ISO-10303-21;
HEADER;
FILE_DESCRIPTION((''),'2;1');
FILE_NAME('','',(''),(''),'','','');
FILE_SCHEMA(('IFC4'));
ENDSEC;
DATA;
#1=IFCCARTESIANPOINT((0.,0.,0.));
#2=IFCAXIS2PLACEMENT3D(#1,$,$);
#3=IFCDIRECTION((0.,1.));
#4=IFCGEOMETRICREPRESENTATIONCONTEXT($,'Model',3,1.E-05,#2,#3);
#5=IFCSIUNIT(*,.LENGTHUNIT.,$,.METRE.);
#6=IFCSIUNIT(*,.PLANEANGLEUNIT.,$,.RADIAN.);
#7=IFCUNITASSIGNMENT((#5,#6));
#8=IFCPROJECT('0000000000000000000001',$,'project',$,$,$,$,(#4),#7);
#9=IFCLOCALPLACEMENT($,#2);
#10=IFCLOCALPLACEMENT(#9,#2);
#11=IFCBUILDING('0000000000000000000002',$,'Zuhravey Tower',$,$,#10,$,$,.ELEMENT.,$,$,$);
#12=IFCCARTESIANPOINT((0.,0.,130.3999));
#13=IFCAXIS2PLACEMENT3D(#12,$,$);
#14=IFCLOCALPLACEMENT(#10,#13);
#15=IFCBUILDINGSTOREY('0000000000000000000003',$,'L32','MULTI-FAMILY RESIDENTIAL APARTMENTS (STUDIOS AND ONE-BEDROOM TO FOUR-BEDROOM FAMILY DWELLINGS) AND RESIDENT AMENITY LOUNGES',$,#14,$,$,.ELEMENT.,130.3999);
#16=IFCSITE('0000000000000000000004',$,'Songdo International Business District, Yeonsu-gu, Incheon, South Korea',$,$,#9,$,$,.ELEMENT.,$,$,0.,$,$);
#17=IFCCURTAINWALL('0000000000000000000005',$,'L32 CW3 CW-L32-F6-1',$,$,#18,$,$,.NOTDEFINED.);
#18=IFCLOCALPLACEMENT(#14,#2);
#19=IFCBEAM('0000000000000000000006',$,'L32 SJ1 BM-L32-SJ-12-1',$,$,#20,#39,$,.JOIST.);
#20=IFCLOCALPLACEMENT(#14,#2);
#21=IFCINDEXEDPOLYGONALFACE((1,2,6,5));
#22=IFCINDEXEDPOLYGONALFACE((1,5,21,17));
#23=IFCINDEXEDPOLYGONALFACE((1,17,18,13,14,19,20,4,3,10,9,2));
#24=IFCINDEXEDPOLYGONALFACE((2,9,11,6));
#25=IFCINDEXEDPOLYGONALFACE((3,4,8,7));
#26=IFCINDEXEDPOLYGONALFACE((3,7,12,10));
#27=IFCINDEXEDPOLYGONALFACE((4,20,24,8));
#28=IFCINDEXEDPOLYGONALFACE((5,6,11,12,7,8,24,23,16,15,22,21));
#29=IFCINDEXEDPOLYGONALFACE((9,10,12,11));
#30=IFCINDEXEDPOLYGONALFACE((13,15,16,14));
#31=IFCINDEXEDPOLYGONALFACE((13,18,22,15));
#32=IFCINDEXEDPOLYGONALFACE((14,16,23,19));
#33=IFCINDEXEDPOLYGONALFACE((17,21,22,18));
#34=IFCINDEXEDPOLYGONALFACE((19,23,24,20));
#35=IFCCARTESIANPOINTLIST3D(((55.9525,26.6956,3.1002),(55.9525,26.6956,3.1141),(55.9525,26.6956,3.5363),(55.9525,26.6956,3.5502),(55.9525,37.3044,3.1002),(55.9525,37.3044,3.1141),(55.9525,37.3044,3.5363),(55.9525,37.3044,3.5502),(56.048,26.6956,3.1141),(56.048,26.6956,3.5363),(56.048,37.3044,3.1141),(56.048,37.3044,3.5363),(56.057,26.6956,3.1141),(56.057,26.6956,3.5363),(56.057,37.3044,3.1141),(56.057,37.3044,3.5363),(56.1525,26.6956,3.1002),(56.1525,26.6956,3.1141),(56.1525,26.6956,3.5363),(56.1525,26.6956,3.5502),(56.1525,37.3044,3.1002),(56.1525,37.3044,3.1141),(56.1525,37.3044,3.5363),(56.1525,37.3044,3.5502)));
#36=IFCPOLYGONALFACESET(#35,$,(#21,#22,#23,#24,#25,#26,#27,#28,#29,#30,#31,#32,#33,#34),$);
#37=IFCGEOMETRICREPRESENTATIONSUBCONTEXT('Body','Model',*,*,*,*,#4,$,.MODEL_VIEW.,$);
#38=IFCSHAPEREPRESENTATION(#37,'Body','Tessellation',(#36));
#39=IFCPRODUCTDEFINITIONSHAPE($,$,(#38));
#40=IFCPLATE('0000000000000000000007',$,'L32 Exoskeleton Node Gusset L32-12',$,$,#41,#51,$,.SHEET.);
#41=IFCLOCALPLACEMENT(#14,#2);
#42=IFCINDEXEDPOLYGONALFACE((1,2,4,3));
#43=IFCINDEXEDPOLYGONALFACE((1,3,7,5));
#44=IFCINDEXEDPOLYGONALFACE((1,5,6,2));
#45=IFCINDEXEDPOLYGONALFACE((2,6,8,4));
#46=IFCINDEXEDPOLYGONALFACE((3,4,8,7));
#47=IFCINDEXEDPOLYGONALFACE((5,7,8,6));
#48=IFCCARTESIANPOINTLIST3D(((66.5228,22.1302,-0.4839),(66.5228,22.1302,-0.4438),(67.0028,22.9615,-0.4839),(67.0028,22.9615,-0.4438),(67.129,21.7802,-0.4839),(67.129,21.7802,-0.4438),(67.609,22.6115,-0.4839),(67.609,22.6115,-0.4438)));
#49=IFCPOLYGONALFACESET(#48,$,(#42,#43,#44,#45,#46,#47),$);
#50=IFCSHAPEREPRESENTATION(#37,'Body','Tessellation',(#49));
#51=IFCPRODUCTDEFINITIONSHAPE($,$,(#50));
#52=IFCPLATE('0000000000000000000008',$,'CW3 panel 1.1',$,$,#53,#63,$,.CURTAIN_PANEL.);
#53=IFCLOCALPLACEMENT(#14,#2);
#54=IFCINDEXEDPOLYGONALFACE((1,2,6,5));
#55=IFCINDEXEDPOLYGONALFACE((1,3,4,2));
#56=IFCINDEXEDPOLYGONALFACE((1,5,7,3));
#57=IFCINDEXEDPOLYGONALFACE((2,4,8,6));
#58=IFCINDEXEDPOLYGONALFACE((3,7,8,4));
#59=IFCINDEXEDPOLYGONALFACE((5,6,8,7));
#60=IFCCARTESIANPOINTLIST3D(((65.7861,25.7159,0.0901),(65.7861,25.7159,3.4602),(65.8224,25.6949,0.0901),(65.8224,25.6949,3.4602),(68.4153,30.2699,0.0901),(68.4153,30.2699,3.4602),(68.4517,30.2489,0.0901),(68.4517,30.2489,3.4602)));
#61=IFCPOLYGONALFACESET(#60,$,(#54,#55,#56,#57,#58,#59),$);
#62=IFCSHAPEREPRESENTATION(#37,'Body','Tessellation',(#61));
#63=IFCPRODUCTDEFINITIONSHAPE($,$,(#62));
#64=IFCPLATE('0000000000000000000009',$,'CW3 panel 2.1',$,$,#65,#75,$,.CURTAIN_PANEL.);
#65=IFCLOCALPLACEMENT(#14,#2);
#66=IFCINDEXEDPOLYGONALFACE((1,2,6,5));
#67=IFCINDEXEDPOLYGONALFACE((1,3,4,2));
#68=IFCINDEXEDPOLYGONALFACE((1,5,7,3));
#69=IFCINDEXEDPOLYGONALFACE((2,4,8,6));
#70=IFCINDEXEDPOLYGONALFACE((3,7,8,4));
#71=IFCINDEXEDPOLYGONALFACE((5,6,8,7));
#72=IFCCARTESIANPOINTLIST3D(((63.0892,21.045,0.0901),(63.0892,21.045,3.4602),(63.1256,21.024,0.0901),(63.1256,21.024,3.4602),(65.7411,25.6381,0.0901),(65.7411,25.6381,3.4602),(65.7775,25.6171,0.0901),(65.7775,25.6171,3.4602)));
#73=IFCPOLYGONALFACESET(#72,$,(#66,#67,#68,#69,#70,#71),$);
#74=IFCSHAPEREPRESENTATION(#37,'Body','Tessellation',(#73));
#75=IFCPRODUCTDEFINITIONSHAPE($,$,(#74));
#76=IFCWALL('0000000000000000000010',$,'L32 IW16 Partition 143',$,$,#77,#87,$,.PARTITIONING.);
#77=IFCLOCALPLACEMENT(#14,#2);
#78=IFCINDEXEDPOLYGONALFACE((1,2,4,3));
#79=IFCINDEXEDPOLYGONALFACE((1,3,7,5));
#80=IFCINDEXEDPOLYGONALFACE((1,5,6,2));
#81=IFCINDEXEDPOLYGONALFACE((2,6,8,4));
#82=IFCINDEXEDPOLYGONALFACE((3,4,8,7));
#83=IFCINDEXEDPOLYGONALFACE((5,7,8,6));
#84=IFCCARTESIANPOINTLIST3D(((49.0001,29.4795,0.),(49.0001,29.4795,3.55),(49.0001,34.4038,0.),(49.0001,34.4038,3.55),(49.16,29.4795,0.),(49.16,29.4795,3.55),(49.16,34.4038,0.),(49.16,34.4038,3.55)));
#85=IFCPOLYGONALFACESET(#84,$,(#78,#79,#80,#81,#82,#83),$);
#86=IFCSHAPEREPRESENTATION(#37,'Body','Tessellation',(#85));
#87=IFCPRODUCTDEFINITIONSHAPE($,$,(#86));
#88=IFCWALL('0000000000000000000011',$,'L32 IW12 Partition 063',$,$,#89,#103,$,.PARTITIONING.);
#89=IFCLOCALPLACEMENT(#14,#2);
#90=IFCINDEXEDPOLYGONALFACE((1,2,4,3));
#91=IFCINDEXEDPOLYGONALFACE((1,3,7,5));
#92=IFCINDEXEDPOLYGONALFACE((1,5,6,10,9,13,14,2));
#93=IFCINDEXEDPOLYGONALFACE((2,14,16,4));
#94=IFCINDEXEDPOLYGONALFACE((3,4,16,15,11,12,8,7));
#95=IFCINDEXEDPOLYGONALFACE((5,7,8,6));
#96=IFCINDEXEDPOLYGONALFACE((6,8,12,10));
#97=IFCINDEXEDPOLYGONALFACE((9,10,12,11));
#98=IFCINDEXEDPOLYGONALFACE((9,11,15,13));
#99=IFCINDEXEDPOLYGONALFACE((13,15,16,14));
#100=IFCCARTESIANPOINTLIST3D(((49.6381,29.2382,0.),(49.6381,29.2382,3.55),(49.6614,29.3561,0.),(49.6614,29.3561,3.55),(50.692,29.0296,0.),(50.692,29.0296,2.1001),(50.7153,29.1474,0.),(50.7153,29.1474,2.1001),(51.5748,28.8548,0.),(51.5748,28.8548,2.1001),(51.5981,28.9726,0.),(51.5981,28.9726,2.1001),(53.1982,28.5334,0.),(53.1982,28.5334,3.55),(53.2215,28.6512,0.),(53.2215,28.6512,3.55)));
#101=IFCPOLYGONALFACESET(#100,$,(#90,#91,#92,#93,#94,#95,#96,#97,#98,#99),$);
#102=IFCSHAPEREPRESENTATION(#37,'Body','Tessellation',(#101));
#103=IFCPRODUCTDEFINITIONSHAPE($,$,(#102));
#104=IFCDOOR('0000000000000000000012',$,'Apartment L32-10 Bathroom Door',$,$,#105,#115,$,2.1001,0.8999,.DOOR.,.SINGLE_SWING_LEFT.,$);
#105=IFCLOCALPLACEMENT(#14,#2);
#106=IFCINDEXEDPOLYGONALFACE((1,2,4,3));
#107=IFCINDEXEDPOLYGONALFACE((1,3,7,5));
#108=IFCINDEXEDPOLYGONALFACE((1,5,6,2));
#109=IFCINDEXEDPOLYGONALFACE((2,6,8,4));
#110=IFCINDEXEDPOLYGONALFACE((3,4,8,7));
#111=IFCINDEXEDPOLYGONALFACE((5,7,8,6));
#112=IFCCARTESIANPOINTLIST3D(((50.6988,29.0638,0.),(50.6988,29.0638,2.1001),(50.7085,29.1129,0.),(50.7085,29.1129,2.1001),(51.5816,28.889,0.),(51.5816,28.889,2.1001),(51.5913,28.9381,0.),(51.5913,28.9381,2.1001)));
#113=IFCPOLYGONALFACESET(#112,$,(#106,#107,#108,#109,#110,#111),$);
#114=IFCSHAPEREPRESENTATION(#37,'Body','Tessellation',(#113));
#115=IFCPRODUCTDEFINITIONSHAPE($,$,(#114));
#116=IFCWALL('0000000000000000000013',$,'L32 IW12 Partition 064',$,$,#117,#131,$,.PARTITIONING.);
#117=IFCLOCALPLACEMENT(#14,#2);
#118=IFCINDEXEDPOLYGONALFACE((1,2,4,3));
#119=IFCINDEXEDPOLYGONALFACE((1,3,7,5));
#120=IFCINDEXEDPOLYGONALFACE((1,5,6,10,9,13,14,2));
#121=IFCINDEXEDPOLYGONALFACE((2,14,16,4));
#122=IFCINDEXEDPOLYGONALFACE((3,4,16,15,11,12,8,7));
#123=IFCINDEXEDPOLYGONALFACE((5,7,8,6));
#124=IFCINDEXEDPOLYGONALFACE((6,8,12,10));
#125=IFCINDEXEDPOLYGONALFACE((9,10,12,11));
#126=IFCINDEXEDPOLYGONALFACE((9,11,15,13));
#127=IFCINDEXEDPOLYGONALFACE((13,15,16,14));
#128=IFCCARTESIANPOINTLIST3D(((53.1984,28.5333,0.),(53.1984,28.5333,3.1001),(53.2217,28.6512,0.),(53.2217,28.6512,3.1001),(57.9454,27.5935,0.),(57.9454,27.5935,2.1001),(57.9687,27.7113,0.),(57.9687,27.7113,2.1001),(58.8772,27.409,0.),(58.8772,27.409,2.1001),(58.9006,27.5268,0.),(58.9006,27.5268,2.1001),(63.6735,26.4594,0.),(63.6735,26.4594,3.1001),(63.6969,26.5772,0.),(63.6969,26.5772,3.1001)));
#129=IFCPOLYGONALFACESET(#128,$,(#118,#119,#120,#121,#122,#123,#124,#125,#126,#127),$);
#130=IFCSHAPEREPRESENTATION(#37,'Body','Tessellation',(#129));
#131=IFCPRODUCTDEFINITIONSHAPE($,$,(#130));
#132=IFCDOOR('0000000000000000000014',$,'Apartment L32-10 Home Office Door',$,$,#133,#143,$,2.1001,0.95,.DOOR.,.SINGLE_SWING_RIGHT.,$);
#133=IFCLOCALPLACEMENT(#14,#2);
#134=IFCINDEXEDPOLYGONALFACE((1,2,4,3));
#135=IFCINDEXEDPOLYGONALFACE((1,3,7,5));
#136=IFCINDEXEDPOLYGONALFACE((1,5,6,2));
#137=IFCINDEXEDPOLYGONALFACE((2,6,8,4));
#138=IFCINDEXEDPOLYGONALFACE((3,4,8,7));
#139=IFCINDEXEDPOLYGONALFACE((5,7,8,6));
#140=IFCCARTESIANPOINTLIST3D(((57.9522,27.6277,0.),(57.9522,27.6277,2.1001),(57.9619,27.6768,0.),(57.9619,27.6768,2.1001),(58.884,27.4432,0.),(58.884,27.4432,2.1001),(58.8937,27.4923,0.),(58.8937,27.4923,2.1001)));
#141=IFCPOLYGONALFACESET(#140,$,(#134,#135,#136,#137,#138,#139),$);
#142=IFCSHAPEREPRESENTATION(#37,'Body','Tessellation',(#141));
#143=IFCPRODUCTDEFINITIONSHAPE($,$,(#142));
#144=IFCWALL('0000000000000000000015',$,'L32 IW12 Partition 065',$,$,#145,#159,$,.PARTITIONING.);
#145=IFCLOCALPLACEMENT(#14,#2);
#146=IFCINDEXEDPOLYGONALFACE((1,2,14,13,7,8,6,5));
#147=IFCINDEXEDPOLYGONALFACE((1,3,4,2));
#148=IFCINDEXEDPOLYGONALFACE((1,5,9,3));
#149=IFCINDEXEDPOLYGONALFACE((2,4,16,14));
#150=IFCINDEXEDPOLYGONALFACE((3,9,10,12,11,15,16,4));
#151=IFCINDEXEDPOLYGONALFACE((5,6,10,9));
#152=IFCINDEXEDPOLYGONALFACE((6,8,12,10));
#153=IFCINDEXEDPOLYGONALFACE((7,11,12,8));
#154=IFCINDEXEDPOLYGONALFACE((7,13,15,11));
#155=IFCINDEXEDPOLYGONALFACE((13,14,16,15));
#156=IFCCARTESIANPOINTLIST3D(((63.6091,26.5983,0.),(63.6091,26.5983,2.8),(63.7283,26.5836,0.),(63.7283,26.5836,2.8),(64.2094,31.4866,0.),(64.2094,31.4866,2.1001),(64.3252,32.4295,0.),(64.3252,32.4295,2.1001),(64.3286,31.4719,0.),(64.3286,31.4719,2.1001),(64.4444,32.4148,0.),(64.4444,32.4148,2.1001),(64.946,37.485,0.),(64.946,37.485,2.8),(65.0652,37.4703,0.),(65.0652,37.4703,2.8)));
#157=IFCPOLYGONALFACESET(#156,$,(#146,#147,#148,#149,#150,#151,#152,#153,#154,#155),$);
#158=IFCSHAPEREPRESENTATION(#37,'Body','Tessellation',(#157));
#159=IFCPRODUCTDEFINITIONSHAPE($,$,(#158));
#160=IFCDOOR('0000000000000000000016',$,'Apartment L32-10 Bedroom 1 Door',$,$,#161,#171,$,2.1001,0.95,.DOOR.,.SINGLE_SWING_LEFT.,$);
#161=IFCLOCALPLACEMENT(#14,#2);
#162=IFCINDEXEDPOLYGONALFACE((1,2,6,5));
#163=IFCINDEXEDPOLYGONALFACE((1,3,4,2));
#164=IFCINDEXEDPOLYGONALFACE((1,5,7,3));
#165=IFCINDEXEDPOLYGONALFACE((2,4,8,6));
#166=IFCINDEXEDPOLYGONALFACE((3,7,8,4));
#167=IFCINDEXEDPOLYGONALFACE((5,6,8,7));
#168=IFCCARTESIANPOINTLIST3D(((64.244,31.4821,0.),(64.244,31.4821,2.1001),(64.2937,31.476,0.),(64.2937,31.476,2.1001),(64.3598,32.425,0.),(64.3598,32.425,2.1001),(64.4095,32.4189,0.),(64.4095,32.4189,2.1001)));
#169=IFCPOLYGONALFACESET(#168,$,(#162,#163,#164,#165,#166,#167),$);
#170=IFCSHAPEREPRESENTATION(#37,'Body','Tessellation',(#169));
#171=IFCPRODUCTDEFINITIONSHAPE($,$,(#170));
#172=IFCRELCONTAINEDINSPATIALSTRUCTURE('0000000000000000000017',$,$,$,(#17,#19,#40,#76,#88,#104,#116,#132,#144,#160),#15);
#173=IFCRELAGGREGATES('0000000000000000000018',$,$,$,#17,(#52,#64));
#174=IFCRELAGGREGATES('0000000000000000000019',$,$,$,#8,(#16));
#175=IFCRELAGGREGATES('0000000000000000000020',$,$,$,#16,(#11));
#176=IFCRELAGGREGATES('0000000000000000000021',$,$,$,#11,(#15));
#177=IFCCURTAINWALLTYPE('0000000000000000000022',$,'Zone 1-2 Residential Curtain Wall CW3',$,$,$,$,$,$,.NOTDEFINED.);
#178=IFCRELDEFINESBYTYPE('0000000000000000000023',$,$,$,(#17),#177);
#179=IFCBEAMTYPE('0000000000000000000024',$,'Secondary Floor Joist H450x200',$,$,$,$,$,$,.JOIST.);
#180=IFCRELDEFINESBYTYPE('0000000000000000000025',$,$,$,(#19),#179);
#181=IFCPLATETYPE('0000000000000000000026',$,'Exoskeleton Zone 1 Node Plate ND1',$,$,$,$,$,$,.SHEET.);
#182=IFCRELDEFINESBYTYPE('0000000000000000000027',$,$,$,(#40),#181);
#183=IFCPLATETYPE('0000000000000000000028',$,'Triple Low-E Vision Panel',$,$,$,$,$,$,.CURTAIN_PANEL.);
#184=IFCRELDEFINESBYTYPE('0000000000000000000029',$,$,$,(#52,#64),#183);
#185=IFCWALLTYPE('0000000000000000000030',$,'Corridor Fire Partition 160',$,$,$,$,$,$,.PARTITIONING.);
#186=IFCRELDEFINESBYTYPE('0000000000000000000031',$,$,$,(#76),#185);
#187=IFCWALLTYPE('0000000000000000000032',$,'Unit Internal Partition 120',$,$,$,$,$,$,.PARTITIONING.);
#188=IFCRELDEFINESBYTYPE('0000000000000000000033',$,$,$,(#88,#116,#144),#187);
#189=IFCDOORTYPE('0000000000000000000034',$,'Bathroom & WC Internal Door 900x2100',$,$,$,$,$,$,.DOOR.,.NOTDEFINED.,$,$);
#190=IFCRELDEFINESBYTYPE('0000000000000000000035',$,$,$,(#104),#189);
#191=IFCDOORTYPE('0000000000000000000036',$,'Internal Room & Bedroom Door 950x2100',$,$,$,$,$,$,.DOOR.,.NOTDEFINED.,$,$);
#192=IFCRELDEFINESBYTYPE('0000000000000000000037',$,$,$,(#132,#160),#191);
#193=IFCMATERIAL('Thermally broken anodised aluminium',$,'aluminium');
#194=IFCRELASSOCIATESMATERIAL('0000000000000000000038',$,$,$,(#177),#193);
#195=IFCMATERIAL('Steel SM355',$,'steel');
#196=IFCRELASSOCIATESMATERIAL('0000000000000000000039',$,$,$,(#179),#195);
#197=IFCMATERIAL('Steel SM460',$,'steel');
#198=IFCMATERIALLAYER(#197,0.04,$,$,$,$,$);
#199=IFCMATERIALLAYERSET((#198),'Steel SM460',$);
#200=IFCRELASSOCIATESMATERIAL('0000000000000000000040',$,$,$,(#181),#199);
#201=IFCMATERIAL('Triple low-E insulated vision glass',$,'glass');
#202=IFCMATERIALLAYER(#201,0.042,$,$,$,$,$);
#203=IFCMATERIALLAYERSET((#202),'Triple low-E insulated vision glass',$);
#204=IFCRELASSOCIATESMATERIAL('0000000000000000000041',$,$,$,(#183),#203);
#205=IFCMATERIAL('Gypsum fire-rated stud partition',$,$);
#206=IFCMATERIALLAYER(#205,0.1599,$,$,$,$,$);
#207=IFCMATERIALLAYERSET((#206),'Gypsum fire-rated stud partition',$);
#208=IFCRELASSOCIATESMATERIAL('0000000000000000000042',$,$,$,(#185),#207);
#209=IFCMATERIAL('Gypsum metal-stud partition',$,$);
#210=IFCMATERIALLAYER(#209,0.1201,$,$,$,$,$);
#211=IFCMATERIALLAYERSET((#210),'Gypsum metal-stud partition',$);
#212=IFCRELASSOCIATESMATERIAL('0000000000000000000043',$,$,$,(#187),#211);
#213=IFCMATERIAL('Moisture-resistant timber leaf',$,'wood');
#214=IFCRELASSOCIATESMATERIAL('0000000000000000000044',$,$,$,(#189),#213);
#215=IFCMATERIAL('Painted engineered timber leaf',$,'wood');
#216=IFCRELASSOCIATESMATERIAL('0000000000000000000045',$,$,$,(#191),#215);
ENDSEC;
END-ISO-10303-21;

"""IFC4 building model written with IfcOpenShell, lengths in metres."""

from ifc_helpers import new_model, si_unit, direction, frame, frame_2d, origin, origin_2d, place, context, subcontext, project, spatial, rectangle, i_section, extrude, material, layer, layer_set, material_profile, profile_set, type_object, element, fill, aggregate, save


model = new_model("IFC4")

# Units and contexts
model_context = context("Model", 3, precision=1e-05, world=origin(), true_north=direction((0.0, 1.0)))
body_context = subcontext(model_context, "Body", "Model", "MODEL_VIEW")
ifc_project = project(units=[si_unit("LENGTHUNIT", "METRE"), si_unit("PLANEANGLEUNIT", "RADIAN")], contexts=[model_context])

# Site, building, storey
site_placement = place(None, origin())
site = spatial("IfcSite", under=ifc_project, at=site_placement, Name="Songdo International Business District, Yeonsu-gu, Incheon, South Korea", CompositionType="ELEMENT", RefElevation=0.0)
building_placement = place(site_placement, origin())
building = spatial("IfcBuilding", under=site, at=building_placement, Name="Zuhravey Tower", CompositionType="ELEMENT")
storey_placement = place(building_placement, frame((0.0, 0.0, 130.3999)))
storey = spatial("IfcBuildingStorey", under=building, at=storey_placement, Name="L32", Description="MULTI-FAMILY RESIDENTIAL APARTMENTS (STUDIOS AND ONE-BEDROOM TO FOUR-BEDROOM FAMILY DWELLINGS) AND RESIDENT AMENITY LOUNGES", CompositionType="ELEMENT", Elevation=130.3999)

# Curtain wall
ifc_material_1 = material(Name="Thermally broken anodised aluminium", Category="aluminium")
curtain_wall_type = type_object("IfcCurtainWallType", Name="Zone 1-2 Residential Curtain Wall CW3", PredefinedType="NOTDEFINED", material=ifc_material_1)
curtain_wall_placement = place(storey_placement, origin())
curtain_wall = element("IfcCurtainWall", 1, at=curtain_wall_placement, inside=storey, type_object=curtain_wall_type, Name="L32 CW3 CW-L32-F6-1", PredefinedType="NOTDEFINED")

# Shared definitions
ifc_material_2 = material(Name="Steel SM460", Category="steel")

# Beam
ifc_material_3 = material(Name="Steel SM355", Category="steel")
ifc_material_profile_1 = material_profile(ifc_material_3, i_section(OverallWidth=0.2, OverallDepth=0.45, WebThickness=0.009, FlangeThickness=0.0139, at=origin_2d()), Name="H-450x200x9x14")
ifc_profile_set_1 = profile_set([ifc_material_profile_1], Name="Steel SM355")
beam_type_1 = type_object("IfcBeamType", Name="Secondary Floor Joist H450x200", PredefinedType="JOIST", material=ifc_profile_set_1)
beam_1_placement = place(storey_placement, frame((56.0525, 26.6956, 3.3252), z_axis=(0.0, 1.0, 0.0), x_axis=(-1.0, 0.0, 0.0)))
element("IfcBeam", 2, at=beam_1_placement, inside=storey, type_object=beam_type_1, Name="L32 SJ1 BM-L32-SJ-12-1", PredefinedType="JOIST", context=body_context, shape_type="SweptSolid", body=[
    extrude(i_section(OverallWidth=0.2, OverallDepth=0.45, WebThickness=0.009, FlangeThickness=0.0139, at=origin_2d()), origin(), (0.0, 0.0, 1.0), 10.6089),
])

# Plates
ifc_layer_1 = layer(ifc_material_2, 0.04)
ifc_layer_set_1 = layer_set([ifc_layer_1], Name="Steel SM460")
plate_type_1 = type_object("IfcPlateType", Name="Exoskeleton Zone 1 Node Plate ND1", PredefinedType="SHEET", material=ifc_layer_set_1)
plate_1_placement = place(storey_placement, frame((67.0659, 22.3708, -0.4839), z_axis=(0.0, 0.0, 1.0), x_axis=(0.5, 0.866025, 0.0)))
element("IfcPlate", 3, at=plate_1_placement, inside=storey, type_object=plate_type_1, Name="L32 Exoskeleton Node Gusset L32-12", PredefinedType="SHEET", context=body_context, shape_type="SweptSolid", body=[
    extrude(rectangle(XDim=0.96, YDim=0.7, at=origin_2d()), origin(), (0.0, 0.0, 1.0), 0.04),
])
ifc_material_4 = material(Name="Triple low-E insulated vision glass", Category="glass")
ifc_layer_2 = layer(ifc_material_4, 0.042)
ifc_layer_set_2 = layer_set([ifc_layer_2], Name="Triple low-E insulated vision glass")
plate_type_2 = type_object("IfcPlateType", Name="Triple Low-E Vision Panel", PredefinedType="CURTAIN_PANEL", material=ifc_layer_set_2)
plate_2_placement = place(storey_placement, frame((67.1189, 27.9824, 0.0901), z_axis=(0.0, 0.0, 1.0), x_axis=(-0.5, -0.866026, 0.0)))
plate_2 = element("IfcPlate", 4, at=plate_2_placement, type_object=plate_type_2, Name="CW3 panel 1.1", PredefinedType="CURTAIN_PANEL", context=body_context, shape_type="SweptSolid", body=[
    extrude(rectangle(XDim=5.2585, YDim=0.042, at=origin_2d()), origin(), (0.0, 0.0, 1.0), 3.3701),
])
plate_3_placement = place(storey_placement, frame((64.4333, 23.3311, 0.0901), z_axis=(0.0, 0.0, 1.0), x_axis=(-0.5, -0.866026, 0.0)))
plate_3 = element("IfcPlate", 5, at=plate_3_placement, type_object=plate_type_2, Name="CW3 panel 2.1", PredefinedType="CURTAIN_PANEL", context=body_context, shape_type="SweptSolid", body=[
    extrude(rectangle(XDim=5.3037, YDim=0.042, at=origin_2d()), origin(), (0.0, 0.0, 1.0), 3.3701),
])
aggregate(curtain_wall, [plate_2, plate_3])

# Shared definitions
ifc_material_5 = material(Name="Gypsum fire-rated stud partition")
ifc_layer_3 = layer(ifc_material_5, 0.1599)
ifc_layer_set_3 = layer_set([ifc_layer_3], Name="Gypsum fire-rated stud partition")
wall_type_1 = type_object("IfcWallType", Name="Corridor Fire Partition 160", PredefinedType="PARTITIONING", material=ifc_layer_set_3)

# Wall
wall_1_placement = place(storey_placement, frame((49.0801, 29.4795, 0.0), z_axis=(0.0, 0.0, 1.0), x_axis=(0.0, 1.0, 0.0)))
element("IfcWall", 6, at=wall_1_placement, inside=storey, type_object=wall_type_1, Name="L32 IW16 Partition 143", PredefinedType="PARTITIONING", context=body_context, shape_type="SweptSolid", body=[
    extrude(rectangle(XDim=4.9243, YDim=0.1599, at=frame_2d((2.4622, 0.0))), origin(), (0.0, 0.0, 1.0), 3.55),
])

# Walls, openings, doors
ifc_material_6 = material(Name="Gypsum metal-stud partition")
ifc_layer_4 = layer(ifc_material_6, 0.1201)
ifc_layer_set_4 = layer_set([ifc_layer_4], Name="Gypsum metal-stud partition")
wall_type_2 = type_object("IfcWallType", Name="Unit Internal Partition 120", PredefinedType="PARTITIONING", material=ifc_layer_set_4)
wall_2_placement = place(storey_placement, frame((49.6499, 29.2971, 0.0), z_axis=(0.0, 0.0, 1.0), x_axis=(0.980959, -0.194214, 0.0)))
wall_2 = element("IfcWall", 7, at=wall_2_placement, inside=storey, type_object=wall_type_2, Name="L32 IW12 Partition 063", PredefinedType="PARTITIONING", context=body_context, shape_type="SweptSolid", body=[
    extrude(rectangle(XDim=3.6292, YDim=0.1201, at=frame_2d((1.8145, 0.0))), origin(), (0.0, 0.0, 1.0), 3.55),
])
opening_1_placement = place(wall_2_placement, frame((1.0742, 0.0, 0.0)))
opening_1 = element("IfcOpeningElement", 8, at=opening_1_placement, cuts=wall_2, PredefinedType="OPENING", context=body_context, shape_type="SweptSolid", body=[
    extrude(rectangle(XDim=0.8999, YDim=2.1001, at=frame_2d((0.45, 1.05))), frame((0.0, 0.072, 0.0), z_axis=(0.0, -1.0, 0.0), x_axis=(1.0, 0.0, 0.0)), (0.0, 0.0, 1.0), 0.144),
])
ifc_material_7 = material(Name="Moisture-resistant timber leaf", Category="wood")
door_type_1 = type_object("IfcDoorType", Name="Bathroom & WC Internal Door 900x2100", OperationType="NOTDEFINED", PredefinedType="DOOR", material=ifc_material_7)
door_1_placement = place(opening_1_placement, origin())
door_1 = element("IfcDoor", 9, at=door_1_placement, inside=storey, type_object=door_type_1, Name="Apartment L32-10 Bathroom Door", OperationType="SINGLE_SWING_LEFT", OverallHeight=2.1001, OverallWidth=0.8999, PredefinedType="DOOR", context=body_context, shape_type="SweptSolid", body=[
    extrude(rectangle(XDim=0.8999, YDim=2.1001, at=frame_2d((0.45, 1.05))), frame((0.0, 0.0249, 0.0), z_axis=(0.0, -1.0, 0.0), x_axis=(1.0, 0.0, 0.0)), (0.0, 0.0, 1.0), 0.05),
])
fill(opening_1, door_1)
wall_3_placement = place(storey_placement, frame((53.21, 28.5923, 0.0), z_axis=(0.0, 0.0, 1.0), x_axis=(0.980958, -0.194221, 0.0)))
wall_3 = element("IfcWall", 10, at=wall_3_placement, inside=storey, type_object=wall_type_2, Name="L32 IW12 Partition 064", PredefinedType="PARTITIONING", context=body_context, shape_type="SweptSolid", body=[
    extrude(rectangle(XDim=10.6785, YDim=0.1201, at=frame_2d((5.3394, 0.0))), origin(), (0.0, 0.0, 1.0), 3.1001),
])
opening_2_placement = place(wall_3_placement, frame((4.8391, 0.0, 0.0)))
opening_2 = element("IfcOpeningElement", 11, at=opening_2_placement, cuts=wall_3, PredefinedType="OPENING", context=body_context, shape_type="SweptSolid", body=[
    extrude(rectangle(XDim=0.95, YDim=2.1001, at=frame_2d((0.4751, 1.05))), frame((0.0, 0.072, 0.0), z_axis=(0.0, -1.0, 0.0), x_axis=(1.0, 0.0, 0.0)), (0.0, 0.0, 1.0), 0.144),
])
ifc_material_8 = material(Name="Painted engineered timber leaf", Category="wood")
door_type_2 = type_object("IfcDoorType", Name="Internal Room & Bedroom Door 950x2100", OperationType="NOTDEFINED", PredefinedType="DOOR", material=ifc_material_8)
door_2_placement = place(opening_2_placement, origin())
door_2 = element("IfcDoor", 12, at=door_2_placement, inside=storey, type_object=door_type_2, Name="Apartment L32-10 Home Office Door", OperationType="SINGLE_SWING_RIGHT", OverallHeight=2.1001, OverallWidth=0.95, PredefinedType="DOOR", context=body_context, shape_type="SweptSolid", body=[
    extrude(rectangle(XDim=0.95, YDim=2.1001, at=frame_2d((0.4751, 1.05))), frame((0.0, 0.0249, 0.0), z_axis=(0.0, -1.0, 0.0), x_axis=(1.0, 0.0, 0.0)), (0.0, 0.0, 1.0), 0.05),
])
fill(opening_2, door_2)
wall_4_placement = place(storey_placement, frame((63.6687, 26.5908, 0.0), z_axis=(0.0, 0.0, 1.0), x_axis=(0.121887, 0.992544, 0.0)))
wall_4 = element("IfcWall", 13, at=wall_4_placement, inside=storey, type_object=wall_type_2, Name="L32 IW12 Partition 065", PredefinedType="PARTITIONING", context=body_context, shape_type="SweptSolid", body=[
    extrude(rectangle(XDim=10.9685, YDim=0.1201, at=frame_2d((5.4844, 0.0))), origin(), (0.0, 0.0, 1.0), 2.8),
])
opening_3_placement = place(wall_4_placement, frame((4.925, 0.0, 0.0)))
opening_3 = element("IfcOpeningElement", 14, at=opening_3_placement, cuts=wall_4, PredefinedType="OPENING", context=body_context, shape_type="SweptSolid", body=[
    extrude(rectangle(XDim=0.95, YDim=2.1001, at=frame_2d((0.4751, 1.05))), frame((0.0, 0.072, 0.0), z_axis=(0.0, -1.0, 0.0), x_axis=(1.0, 0.0, 0.0)), (0.0, 0.0, 1.0), 0.144),
])
door_3_placement = place(opening_3_placement, frame((0.95, 0.0, 0.0), z_axis=(0.0, 0.0, 1.0), x_axis=(-1.0, 0.0, 0.0)))
door_3 = element("IfcDoor", 15, at=door_3_placement, inside=storey, type_object=door_type_2, Name="Apartment L32-10 Bedroom 1 Door", OperationType="SINGLE_SWING_LEFT", OverallHeight=2.1001, OverallWidth=0.95, PredefinedType="DOOR", context=body_context, shape_type="SweptSolid", body=[
    extrude(rectangle(XDim=0.95, YDim=2.1001, at=frame_2d((0.4751, 1.05))), frame((0.0, 0.0249, 0.0), z_axis=(0.0, -1.0, 0.0), x_axis=(1.0, 0.0, 0.0)), (0.0, 0.0, 1.0), 0.05),
])
fill(opening_3, door_3)

save(model, "model.ifc")
